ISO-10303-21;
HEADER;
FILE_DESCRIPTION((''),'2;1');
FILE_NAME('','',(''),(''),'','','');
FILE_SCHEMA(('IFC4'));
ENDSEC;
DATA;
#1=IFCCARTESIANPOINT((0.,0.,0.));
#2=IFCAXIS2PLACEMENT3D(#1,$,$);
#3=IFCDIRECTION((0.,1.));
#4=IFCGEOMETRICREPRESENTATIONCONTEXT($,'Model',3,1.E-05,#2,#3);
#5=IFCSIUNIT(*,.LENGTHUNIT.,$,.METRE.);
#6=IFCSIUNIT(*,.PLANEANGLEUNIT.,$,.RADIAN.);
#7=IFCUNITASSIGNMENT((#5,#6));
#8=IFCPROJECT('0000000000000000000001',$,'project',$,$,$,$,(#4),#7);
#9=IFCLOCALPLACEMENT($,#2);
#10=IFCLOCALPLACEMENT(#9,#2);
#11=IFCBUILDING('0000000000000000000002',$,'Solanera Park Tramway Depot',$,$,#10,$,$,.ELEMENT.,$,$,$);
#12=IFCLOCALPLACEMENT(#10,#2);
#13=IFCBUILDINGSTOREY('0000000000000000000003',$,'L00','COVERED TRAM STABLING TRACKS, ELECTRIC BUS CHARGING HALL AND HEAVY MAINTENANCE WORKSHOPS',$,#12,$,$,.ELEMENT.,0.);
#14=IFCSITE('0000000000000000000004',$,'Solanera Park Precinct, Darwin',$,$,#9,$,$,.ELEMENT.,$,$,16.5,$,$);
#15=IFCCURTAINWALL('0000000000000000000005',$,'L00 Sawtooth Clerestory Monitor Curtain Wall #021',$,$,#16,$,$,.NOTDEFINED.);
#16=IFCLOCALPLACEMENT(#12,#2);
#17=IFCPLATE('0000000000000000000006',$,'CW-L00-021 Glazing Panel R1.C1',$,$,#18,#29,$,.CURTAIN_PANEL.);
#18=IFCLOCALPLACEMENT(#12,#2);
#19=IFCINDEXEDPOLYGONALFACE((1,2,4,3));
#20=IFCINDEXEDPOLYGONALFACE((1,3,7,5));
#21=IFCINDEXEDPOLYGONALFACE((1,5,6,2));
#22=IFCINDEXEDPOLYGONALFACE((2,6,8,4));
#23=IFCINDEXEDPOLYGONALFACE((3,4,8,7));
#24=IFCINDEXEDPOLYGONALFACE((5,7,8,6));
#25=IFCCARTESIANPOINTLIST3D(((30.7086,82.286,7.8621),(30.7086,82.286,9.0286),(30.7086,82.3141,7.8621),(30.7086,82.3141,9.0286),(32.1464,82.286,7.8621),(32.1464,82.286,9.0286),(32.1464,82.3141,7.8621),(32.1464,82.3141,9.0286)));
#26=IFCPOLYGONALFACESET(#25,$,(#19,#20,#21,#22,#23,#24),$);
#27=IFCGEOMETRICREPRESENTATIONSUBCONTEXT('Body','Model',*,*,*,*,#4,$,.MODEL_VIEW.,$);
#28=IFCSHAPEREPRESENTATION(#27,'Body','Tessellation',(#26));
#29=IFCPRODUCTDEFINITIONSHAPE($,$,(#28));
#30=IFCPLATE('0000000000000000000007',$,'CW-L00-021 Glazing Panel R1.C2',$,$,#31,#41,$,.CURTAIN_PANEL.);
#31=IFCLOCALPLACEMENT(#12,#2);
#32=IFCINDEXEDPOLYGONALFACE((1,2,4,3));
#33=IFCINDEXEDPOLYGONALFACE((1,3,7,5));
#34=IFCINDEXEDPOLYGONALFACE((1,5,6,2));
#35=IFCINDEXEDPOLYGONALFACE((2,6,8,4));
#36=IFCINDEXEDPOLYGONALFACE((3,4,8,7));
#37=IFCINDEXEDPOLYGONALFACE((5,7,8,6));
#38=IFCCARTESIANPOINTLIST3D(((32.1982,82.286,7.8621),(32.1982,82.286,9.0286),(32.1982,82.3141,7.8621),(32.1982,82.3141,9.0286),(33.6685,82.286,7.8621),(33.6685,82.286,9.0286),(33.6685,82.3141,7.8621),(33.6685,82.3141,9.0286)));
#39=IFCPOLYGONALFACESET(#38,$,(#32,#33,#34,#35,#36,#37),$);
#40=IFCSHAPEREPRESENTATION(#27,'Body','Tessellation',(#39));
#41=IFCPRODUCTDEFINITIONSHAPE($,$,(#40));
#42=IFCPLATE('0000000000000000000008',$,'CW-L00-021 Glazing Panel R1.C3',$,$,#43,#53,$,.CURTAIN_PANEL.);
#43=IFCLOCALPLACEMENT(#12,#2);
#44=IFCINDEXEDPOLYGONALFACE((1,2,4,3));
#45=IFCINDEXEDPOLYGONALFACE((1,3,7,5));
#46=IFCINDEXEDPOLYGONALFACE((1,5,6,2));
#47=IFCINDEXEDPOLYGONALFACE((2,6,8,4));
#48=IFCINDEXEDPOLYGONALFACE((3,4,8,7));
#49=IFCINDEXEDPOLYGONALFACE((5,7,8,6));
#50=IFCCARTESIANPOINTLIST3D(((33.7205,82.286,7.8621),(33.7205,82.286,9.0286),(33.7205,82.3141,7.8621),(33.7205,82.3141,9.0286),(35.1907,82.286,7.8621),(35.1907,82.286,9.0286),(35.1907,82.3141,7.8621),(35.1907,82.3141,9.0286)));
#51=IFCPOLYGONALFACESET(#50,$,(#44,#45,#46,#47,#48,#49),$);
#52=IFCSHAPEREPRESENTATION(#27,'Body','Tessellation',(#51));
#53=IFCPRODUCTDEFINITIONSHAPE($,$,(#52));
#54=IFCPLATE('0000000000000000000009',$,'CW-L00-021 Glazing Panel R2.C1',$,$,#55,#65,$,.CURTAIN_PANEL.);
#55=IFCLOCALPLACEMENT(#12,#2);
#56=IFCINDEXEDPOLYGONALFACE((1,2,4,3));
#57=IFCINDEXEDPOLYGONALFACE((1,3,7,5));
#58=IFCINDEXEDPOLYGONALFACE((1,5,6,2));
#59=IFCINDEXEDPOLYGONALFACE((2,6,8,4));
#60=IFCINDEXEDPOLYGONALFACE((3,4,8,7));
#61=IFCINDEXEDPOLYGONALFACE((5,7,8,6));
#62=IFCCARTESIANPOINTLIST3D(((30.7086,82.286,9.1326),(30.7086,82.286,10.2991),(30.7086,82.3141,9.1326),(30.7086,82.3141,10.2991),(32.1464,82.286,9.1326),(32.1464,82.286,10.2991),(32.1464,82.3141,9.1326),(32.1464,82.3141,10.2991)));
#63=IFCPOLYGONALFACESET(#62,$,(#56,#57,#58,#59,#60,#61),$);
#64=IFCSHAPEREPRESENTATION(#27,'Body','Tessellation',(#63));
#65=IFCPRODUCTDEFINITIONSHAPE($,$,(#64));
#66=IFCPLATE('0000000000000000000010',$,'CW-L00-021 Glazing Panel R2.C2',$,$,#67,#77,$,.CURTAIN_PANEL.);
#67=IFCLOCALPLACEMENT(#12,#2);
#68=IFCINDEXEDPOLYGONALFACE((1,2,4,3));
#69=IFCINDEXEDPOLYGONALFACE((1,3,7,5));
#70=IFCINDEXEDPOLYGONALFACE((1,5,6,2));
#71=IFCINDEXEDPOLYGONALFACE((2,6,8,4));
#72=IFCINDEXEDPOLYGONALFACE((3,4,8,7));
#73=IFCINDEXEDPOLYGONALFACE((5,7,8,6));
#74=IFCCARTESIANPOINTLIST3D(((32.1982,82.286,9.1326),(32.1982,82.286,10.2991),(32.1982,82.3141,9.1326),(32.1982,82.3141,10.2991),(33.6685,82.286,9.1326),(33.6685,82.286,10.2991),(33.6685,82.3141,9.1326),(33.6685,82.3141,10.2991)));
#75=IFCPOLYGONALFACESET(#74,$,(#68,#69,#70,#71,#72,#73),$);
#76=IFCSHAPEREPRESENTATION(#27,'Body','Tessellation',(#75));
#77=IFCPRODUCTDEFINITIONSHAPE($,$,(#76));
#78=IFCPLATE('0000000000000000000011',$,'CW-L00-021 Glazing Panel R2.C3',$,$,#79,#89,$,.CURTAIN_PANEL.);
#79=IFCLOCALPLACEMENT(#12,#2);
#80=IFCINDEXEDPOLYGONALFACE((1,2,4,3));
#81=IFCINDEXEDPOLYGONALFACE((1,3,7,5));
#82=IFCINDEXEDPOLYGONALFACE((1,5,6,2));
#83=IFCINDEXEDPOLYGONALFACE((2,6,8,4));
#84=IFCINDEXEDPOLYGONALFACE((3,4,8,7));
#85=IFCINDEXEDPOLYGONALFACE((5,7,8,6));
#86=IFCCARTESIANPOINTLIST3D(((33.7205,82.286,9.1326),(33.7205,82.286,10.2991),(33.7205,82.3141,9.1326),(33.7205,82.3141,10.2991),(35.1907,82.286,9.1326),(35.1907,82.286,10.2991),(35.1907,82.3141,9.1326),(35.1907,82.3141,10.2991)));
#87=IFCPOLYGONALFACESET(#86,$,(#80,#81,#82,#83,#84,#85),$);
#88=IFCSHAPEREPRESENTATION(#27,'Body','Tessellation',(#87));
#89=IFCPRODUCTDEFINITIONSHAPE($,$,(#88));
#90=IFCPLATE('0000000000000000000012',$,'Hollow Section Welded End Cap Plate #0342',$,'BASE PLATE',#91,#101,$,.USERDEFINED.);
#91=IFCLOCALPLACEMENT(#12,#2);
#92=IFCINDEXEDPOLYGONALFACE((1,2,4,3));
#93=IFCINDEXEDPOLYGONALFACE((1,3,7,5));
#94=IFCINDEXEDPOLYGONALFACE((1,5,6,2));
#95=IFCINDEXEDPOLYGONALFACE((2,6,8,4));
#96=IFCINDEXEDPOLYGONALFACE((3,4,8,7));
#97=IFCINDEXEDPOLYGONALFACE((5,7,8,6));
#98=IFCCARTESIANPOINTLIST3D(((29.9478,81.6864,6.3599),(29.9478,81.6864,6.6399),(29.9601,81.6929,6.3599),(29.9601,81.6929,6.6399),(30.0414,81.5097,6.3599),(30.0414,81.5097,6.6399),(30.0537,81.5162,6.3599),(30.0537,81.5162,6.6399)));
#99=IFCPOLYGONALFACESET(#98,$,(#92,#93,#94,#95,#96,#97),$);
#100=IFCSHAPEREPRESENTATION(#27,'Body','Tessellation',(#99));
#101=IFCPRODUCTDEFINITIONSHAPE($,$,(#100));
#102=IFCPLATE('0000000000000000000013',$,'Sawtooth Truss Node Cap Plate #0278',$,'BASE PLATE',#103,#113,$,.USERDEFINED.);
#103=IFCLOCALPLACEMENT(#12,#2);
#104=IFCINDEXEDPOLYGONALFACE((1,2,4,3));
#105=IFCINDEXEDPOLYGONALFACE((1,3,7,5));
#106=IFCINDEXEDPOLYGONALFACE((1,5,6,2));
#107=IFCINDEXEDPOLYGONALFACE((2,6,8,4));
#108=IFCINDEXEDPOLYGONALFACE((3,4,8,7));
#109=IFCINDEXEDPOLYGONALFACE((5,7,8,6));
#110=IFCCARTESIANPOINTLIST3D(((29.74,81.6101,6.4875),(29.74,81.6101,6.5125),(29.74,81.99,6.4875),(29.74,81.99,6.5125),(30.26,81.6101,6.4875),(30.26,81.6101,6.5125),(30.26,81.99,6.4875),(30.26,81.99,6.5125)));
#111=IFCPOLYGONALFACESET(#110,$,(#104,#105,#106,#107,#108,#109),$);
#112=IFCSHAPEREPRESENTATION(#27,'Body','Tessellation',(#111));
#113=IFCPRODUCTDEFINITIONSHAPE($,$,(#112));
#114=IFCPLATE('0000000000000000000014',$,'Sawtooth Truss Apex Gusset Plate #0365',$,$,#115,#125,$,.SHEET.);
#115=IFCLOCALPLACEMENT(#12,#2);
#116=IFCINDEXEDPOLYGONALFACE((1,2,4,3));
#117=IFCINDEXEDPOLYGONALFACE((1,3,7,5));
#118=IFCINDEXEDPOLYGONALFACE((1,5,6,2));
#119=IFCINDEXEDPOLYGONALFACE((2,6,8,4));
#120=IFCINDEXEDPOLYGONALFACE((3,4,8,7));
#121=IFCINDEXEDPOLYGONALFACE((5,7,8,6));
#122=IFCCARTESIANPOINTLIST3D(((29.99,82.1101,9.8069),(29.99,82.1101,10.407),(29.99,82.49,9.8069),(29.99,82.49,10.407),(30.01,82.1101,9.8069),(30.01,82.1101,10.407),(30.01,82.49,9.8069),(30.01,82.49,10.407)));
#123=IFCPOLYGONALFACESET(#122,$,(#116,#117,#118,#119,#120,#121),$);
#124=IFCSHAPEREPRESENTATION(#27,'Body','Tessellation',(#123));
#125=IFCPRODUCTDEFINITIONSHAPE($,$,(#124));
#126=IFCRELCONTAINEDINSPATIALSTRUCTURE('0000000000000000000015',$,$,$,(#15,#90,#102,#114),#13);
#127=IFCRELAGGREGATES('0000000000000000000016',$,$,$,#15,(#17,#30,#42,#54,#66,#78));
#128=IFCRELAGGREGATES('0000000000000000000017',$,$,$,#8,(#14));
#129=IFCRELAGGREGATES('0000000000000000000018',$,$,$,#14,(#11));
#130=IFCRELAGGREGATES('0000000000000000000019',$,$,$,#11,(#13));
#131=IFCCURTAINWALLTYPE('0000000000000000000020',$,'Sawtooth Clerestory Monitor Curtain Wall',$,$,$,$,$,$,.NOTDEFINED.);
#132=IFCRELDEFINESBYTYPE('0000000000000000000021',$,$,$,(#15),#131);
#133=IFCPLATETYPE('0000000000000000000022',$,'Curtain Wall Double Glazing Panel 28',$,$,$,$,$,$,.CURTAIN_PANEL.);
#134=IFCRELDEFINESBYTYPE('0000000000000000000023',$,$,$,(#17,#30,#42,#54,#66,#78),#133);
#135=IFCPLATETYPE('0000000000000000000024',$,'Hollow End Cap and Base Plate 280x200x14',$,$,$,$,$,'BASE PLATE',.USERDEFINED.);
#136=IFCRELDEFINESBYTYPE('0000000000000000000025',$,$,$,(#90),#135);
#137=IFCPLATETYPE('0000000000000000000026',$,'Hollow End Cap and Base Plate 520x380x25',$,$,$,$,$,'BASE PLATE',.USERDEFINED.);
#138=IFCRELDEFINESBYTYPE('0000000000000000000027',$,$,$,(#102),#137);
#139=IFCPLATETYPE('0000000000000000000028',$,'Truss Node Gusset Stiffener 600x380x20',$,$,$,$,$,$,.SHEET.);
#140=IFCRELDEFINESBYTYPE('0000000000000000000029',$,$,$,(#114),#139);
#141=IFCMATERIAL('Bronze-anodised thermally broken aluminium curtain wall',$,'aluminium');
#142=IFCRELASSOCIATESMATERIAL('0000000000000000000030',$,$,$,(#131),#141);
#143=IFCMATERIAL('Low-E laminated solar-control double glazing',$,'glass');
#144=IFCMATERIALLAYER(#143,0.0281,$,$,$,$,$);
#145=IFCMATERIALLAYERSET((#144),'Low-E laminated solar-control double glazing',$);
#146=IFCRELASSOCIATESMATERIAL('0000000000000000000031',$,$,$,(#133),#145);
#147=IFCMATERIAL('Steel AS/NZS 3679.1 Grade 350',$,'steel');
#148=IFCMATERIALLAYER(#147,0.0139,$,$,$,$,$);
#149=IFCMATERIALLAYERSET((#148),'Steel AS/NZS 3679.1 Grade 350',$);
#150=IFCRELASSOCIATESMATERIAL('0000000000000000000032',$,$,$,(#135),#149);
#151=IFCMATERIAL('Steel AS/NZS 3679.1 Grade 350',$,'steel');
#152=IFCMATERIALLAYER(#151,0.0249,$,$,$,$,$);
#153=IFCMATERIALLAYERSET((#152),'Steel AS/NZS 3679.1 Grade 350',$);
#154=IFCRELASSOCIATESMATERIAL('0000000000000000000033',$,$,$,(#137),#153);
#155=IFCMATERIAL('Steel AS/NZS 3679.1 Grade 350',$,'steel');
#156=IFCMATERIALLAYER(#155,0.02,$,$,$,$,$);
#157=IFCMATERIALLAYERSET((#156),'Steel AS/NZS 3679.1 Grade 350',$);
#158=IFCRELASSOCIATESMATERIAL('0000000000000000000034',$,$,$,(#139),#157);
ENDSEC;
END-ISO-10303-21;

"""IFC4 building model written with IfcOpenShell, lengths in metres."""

from ifc_helpers import new_model, si_unit, direction, frame, origin, origin_2d, place, context, subcontext, project, spatial, rectangle, extrude, material, layer, layer_set, type_object, element, aggregate, save


model = new_model("IFC4")

# Units and contexts
model_context = context("Model", 3, precision=1e-05, world=origin(), true_north=direction((0.0, 1.0)))
body_context = subcontext(model_context, "Body", "Model", "MODEL_VIEW")
ifc_project = project(units=[si_unit("LENGTHUNIT", "METRE"), si_unit("PLANEANGLEUNIT", "RADIAN")], contexts=[model_context])

# Site, building, storey
site_placement = place(None, origin())
site = spatial("IfcSite", under=ifc_project, at=site_placement, Name="Solanera Park Precinct, Darwin", CompositionType="ELEMENT", RefElevation=16.5)
building_placement = place(site_placement, origin())
building = spatial("IfcBuilding", under=site, at=building_placement, Name="Solanera Park Tramway Depot", CompositionType="ELEMENT")
storey_placement = place(building_placement, origin())
storey = spatial("IfcBuildingStorey", under=building, at=storey_placement, Name="L00", Description="COVERED TRAM STABLING TRACKS, ELECTRIC BUS CHARGING HALL AND HEAVY MAINTENANCE WORKSHOPS", CompositionType="ELEMENT", Elevation=0.0)

# Shared definitions
ifc_material_1 = material(Name="Bronze-anodised thermally broken aluminium curtain wall", Category="aluminium")
curtain_wall_type = type_object("IfcCurtainWallType", Name="Sawtooth Clerestory Monitor Curtain Wall", PredefinedType="NOTDEFINED", material=ifc_material_1)

# Curtain wall
curtain_wall_1_placement = place(storey_placement, origin())
curtain_wall_1 = element("IfcCurtainWall", 1, at=curtain_wall_1_placement, inside=storey, type_object=curtain_wall_type, Name="L00 Sawtooth Clerestory Monitor Curtain Wall #021", PredefinedType="NOTDEFINED")

# Plates
ifc_material_2 = material(Name="Low-E laminated solar-control double glazing", Category="glass")
ifc_layer_1 = layer(ifc_material_2, 0.0281)
ifc_layer_set_1 = layer_set([ifc_layer_1], Name="Low-E laminated solar-control double glazing")
plate_type_1 = type_object("IfcPlateType", Name="Curtain Wall Double Glazing Panel 28", PredefinedType="CURTAIN_PANEL", material=ifc_layer_set_1)
plate_1_placement = place(storey_placement, frame((31.4275, 82.3, 7.8621), z_axis=(0.0, 0.0, 1.0), x_axis=(1.0, 0.0, 0.0)))
plate_1 = element("IfcPlate", 2, at=plate_1_placement, type_object=plate_type_1, Name="CW-L00-021 Glazing Panel R1.C1", PredefinedType="CURTAIN_PANEL", context=body_context, shape_type="SweptSolid", body=[
    extrude(rectangle(XDim=1.4377, YDim=0.0281, at=origin_2d()), origin(), (0.0, 0.0, 1.0), 1.1665),
])
plate_2_placement = place(storey_placement, frame((32.9333, 82.3, 7.8621), z_axis=(0.0, 0.0, 1.0), x_axis=(1.0, 0.0, 0.0)))
plate_2 = element("IfcPlate", 3, at=plate_2_placement, type_object=plate_type_1, Name="CW-L00-021 Glazing Panel R1.C2", PredefinedType="CURTAIN_PANEL", context=body_context, shape_type="SweptSolid", body=[
    extrude(rectangle(XDim=1.4702, YDim=0.0281, at=origin_2d()), origin(), (0.0, 0.0, 1.0), 1.1665),
])
plate_3_placement = place(storey_placement, frame((34.4556, 82.3, 7.8621), z_axis=(0.0, 0.0, 1.0), x_axis=(1.0, 0.0, 0.0)))
plate_3 = element("IfcPlate", 4, at=plate_3_placement, type_object=plate_type_1, Name="CW-L00-021 Glazing Panel R1.C3", PredefinedType="CURTAIN_PANEL", context=body_context, shape_type="SweptSolid", body=[
    extrude(rectangle(XDim=1.4702, YDim=0.0281, at=origin_2d()), origin(), (0.0, 0.0, 1.0), 1.1665),
])
plate_4_placement = place(storey_placement, frame((31.4275, 82.3, 9.1326), z_axis=(0.0, 0.0, 1.0), x_axis=(1.0, 0.0, 0.0)))
plate_4 = element("IfcPlate", 5, at=plate_4_placement, type_object=plate_type_1, Name="CW-L00-021 Glazing Panel R2.C1", PredefinedType="CURTAIN_PANEL", context=body_context, shape_type="SweptSolid", body=[
    extrude(rectangle(XDim=1.4377, YDim=0.0281, at=origin_2d()), origin(), (0.0, 0.0, 1.0), 1.1665),
])
plate_5_placement = place(storey_placement, frame((32.9333, 82.3, 9.1326), z_axis=(0.0, 0.0, 1.0), x_axis=(1.0, 0.0, 0.0)))
plate_5 = element("IfcPlate", 6, at=plate_5_placement, type_object=plate_type_1, Name="CW-L00-021 Glazing Panel R2.C2", PredefinedType="CURTAIN_PANEL", context=body_context, shape_type="SweptSolid", body=[
    extrude(rectangle(XDim=1.4702, YDim=0.0281, at=origin_2d()), origin(), (0.0, 0.0, 1.0), 1.1665),
])
plate_6_placement = place(storey_placement, frame((34.4556, 82.3, 9.1326), z_axis=(0.0, 0.0, 1.0), x_axis=(1.0, 0.0, 0.0)))
plate_6 = element("IfcPlate", 7, at=plate_6_placement, type_object=plate_type_1, Name="CW-L00-021 Glazing Panel R2.C3", PredefinedType="CURTAIN_PANEL", context=body_context, shape_type="SweptSolid", body=[
    extrude(rectangle(XDim=1.4702, YDim=0.0281, at=origin_2d()), origin(), (0.0, 0.0, 1.0), 1.1665),
])
aggregate(curtain_wall_1, [plate_1, plate_2, plate_3, plate_4, plate_5, plate_6])

# Plates
ifc_material_3 = material(Name="Steel AS/NZS 3679.1 Grade 350", Category="steel")
ifc_layer_2 = layer(ifc_material_3, 0.0139)
ifc_layer_set_2 = layer_set([ifc_layer_2], Name="Steel AS/NZS 3679.1 Grade 350")
plate_type_2 = type_object("IfcPlateType", Name="Hollow End Cap and Base Plate 280x200x14", ElementType="BASE PLATE", PredefinedType="USERDEFINED", material=ifc_layer_set_2)
plate_7_placement = place(storey_placement, frame((30.0007, 81.6013, 6.3599), z_axis=(0.0, 0.0, 1.0), x_axis=(0.883521, 0.468392, 0.0)))
element("IfcPlate", 8, at=plate_7_placement, inside=storey, type_object=plate_type_2, Name="Hollow Section Welded End Cap Plate #0342", ObjectType="BASE PLATE", PredefinedType="USERDEFINED", context=body_context, shape_type="SweptSolid", body=[
    extrude(rectangle(XDim=0.0139, YDim=0.2, at=origin_2d()), origin(), (0.0, 0.0, 1.0), 0.28),
])
ifc_material_4 = material(Name="Steel AS/NZS 3679.1 Grade 350", Category="steel")
ifc_layer_3 = layer(ifc_material_4, 0.0249)
ifc_layer_set_3 = layer_set([ifc_layer_3], Name="Steel AS/NZS 3679.1 Grade 350")
plate_type_3 = type_object("IfcPlateType", Name="Hollow End Cap and Base Plate 520x380x25", ElementType="BASE PLATE", PredefinedType="USERDEFINED", material=ifc_layer_set_3)
plate_8_placement = place(storey_placement, frame((30.0, 81.8, 6.4875), z_axis=(0.0, 0.0, 1.0), x_axis=(1.0, 0.0, 0.0)))
element("IfcPlate", 9, at=plate_8_placement, inside=storey, type_object=plate_type_3, Name="Sawtooth Truss Node Cap Plate #0278", ObjectType="BASE PLATE", PredefinedType="USERDEFINED", context=body_context, shape_type="SweptSolid", body=[
    extrude(rectangle(XDim=0.52, YDim=0.3799, at=origin_2d()), origin(), (0.0, 0.0, 1.0), 0.0249),
])
ifc_material_5 = material(Name="Steel AS/NZS 3679.1 Grade 350", Category="steel")
ifc_layer_4 = layer(ifc_material_5, 0.02)
ifc_layer_set_4 = layer_set([ifc_layer_4], Name="Steel AS/NZS 3679.1 Grade 350")
plate_type_4 = type_object("IfcPlateType", Name="Truss Node Gusset Stiffener 600x380x20", PredefinedType="SHEET", material=ifc_layer_set_4)
plate_9_placement = place(storey_placement, frame((30.0, 82.3, 9.8069), z_axis=(0.0, 0.0, 1.0), x_axis=(1.0, 0.0, 0.0)))
element("IfcPlate", 10, at=plate_9_placement, inside=storey, type_object=plate_type_4, Name="Sawtooth Truss Apex Gusset Plate #0365", PredefinedType="SHEET", context=body_context, shape_type="SweptSolid", body=[
    extrude(rectangle(XDim=0.02, YDim=0.3799, at=origin_2d()), origin(), (0.0, 0.0, 1.0), 0.6001),
])

save(model, "model.ifc")
